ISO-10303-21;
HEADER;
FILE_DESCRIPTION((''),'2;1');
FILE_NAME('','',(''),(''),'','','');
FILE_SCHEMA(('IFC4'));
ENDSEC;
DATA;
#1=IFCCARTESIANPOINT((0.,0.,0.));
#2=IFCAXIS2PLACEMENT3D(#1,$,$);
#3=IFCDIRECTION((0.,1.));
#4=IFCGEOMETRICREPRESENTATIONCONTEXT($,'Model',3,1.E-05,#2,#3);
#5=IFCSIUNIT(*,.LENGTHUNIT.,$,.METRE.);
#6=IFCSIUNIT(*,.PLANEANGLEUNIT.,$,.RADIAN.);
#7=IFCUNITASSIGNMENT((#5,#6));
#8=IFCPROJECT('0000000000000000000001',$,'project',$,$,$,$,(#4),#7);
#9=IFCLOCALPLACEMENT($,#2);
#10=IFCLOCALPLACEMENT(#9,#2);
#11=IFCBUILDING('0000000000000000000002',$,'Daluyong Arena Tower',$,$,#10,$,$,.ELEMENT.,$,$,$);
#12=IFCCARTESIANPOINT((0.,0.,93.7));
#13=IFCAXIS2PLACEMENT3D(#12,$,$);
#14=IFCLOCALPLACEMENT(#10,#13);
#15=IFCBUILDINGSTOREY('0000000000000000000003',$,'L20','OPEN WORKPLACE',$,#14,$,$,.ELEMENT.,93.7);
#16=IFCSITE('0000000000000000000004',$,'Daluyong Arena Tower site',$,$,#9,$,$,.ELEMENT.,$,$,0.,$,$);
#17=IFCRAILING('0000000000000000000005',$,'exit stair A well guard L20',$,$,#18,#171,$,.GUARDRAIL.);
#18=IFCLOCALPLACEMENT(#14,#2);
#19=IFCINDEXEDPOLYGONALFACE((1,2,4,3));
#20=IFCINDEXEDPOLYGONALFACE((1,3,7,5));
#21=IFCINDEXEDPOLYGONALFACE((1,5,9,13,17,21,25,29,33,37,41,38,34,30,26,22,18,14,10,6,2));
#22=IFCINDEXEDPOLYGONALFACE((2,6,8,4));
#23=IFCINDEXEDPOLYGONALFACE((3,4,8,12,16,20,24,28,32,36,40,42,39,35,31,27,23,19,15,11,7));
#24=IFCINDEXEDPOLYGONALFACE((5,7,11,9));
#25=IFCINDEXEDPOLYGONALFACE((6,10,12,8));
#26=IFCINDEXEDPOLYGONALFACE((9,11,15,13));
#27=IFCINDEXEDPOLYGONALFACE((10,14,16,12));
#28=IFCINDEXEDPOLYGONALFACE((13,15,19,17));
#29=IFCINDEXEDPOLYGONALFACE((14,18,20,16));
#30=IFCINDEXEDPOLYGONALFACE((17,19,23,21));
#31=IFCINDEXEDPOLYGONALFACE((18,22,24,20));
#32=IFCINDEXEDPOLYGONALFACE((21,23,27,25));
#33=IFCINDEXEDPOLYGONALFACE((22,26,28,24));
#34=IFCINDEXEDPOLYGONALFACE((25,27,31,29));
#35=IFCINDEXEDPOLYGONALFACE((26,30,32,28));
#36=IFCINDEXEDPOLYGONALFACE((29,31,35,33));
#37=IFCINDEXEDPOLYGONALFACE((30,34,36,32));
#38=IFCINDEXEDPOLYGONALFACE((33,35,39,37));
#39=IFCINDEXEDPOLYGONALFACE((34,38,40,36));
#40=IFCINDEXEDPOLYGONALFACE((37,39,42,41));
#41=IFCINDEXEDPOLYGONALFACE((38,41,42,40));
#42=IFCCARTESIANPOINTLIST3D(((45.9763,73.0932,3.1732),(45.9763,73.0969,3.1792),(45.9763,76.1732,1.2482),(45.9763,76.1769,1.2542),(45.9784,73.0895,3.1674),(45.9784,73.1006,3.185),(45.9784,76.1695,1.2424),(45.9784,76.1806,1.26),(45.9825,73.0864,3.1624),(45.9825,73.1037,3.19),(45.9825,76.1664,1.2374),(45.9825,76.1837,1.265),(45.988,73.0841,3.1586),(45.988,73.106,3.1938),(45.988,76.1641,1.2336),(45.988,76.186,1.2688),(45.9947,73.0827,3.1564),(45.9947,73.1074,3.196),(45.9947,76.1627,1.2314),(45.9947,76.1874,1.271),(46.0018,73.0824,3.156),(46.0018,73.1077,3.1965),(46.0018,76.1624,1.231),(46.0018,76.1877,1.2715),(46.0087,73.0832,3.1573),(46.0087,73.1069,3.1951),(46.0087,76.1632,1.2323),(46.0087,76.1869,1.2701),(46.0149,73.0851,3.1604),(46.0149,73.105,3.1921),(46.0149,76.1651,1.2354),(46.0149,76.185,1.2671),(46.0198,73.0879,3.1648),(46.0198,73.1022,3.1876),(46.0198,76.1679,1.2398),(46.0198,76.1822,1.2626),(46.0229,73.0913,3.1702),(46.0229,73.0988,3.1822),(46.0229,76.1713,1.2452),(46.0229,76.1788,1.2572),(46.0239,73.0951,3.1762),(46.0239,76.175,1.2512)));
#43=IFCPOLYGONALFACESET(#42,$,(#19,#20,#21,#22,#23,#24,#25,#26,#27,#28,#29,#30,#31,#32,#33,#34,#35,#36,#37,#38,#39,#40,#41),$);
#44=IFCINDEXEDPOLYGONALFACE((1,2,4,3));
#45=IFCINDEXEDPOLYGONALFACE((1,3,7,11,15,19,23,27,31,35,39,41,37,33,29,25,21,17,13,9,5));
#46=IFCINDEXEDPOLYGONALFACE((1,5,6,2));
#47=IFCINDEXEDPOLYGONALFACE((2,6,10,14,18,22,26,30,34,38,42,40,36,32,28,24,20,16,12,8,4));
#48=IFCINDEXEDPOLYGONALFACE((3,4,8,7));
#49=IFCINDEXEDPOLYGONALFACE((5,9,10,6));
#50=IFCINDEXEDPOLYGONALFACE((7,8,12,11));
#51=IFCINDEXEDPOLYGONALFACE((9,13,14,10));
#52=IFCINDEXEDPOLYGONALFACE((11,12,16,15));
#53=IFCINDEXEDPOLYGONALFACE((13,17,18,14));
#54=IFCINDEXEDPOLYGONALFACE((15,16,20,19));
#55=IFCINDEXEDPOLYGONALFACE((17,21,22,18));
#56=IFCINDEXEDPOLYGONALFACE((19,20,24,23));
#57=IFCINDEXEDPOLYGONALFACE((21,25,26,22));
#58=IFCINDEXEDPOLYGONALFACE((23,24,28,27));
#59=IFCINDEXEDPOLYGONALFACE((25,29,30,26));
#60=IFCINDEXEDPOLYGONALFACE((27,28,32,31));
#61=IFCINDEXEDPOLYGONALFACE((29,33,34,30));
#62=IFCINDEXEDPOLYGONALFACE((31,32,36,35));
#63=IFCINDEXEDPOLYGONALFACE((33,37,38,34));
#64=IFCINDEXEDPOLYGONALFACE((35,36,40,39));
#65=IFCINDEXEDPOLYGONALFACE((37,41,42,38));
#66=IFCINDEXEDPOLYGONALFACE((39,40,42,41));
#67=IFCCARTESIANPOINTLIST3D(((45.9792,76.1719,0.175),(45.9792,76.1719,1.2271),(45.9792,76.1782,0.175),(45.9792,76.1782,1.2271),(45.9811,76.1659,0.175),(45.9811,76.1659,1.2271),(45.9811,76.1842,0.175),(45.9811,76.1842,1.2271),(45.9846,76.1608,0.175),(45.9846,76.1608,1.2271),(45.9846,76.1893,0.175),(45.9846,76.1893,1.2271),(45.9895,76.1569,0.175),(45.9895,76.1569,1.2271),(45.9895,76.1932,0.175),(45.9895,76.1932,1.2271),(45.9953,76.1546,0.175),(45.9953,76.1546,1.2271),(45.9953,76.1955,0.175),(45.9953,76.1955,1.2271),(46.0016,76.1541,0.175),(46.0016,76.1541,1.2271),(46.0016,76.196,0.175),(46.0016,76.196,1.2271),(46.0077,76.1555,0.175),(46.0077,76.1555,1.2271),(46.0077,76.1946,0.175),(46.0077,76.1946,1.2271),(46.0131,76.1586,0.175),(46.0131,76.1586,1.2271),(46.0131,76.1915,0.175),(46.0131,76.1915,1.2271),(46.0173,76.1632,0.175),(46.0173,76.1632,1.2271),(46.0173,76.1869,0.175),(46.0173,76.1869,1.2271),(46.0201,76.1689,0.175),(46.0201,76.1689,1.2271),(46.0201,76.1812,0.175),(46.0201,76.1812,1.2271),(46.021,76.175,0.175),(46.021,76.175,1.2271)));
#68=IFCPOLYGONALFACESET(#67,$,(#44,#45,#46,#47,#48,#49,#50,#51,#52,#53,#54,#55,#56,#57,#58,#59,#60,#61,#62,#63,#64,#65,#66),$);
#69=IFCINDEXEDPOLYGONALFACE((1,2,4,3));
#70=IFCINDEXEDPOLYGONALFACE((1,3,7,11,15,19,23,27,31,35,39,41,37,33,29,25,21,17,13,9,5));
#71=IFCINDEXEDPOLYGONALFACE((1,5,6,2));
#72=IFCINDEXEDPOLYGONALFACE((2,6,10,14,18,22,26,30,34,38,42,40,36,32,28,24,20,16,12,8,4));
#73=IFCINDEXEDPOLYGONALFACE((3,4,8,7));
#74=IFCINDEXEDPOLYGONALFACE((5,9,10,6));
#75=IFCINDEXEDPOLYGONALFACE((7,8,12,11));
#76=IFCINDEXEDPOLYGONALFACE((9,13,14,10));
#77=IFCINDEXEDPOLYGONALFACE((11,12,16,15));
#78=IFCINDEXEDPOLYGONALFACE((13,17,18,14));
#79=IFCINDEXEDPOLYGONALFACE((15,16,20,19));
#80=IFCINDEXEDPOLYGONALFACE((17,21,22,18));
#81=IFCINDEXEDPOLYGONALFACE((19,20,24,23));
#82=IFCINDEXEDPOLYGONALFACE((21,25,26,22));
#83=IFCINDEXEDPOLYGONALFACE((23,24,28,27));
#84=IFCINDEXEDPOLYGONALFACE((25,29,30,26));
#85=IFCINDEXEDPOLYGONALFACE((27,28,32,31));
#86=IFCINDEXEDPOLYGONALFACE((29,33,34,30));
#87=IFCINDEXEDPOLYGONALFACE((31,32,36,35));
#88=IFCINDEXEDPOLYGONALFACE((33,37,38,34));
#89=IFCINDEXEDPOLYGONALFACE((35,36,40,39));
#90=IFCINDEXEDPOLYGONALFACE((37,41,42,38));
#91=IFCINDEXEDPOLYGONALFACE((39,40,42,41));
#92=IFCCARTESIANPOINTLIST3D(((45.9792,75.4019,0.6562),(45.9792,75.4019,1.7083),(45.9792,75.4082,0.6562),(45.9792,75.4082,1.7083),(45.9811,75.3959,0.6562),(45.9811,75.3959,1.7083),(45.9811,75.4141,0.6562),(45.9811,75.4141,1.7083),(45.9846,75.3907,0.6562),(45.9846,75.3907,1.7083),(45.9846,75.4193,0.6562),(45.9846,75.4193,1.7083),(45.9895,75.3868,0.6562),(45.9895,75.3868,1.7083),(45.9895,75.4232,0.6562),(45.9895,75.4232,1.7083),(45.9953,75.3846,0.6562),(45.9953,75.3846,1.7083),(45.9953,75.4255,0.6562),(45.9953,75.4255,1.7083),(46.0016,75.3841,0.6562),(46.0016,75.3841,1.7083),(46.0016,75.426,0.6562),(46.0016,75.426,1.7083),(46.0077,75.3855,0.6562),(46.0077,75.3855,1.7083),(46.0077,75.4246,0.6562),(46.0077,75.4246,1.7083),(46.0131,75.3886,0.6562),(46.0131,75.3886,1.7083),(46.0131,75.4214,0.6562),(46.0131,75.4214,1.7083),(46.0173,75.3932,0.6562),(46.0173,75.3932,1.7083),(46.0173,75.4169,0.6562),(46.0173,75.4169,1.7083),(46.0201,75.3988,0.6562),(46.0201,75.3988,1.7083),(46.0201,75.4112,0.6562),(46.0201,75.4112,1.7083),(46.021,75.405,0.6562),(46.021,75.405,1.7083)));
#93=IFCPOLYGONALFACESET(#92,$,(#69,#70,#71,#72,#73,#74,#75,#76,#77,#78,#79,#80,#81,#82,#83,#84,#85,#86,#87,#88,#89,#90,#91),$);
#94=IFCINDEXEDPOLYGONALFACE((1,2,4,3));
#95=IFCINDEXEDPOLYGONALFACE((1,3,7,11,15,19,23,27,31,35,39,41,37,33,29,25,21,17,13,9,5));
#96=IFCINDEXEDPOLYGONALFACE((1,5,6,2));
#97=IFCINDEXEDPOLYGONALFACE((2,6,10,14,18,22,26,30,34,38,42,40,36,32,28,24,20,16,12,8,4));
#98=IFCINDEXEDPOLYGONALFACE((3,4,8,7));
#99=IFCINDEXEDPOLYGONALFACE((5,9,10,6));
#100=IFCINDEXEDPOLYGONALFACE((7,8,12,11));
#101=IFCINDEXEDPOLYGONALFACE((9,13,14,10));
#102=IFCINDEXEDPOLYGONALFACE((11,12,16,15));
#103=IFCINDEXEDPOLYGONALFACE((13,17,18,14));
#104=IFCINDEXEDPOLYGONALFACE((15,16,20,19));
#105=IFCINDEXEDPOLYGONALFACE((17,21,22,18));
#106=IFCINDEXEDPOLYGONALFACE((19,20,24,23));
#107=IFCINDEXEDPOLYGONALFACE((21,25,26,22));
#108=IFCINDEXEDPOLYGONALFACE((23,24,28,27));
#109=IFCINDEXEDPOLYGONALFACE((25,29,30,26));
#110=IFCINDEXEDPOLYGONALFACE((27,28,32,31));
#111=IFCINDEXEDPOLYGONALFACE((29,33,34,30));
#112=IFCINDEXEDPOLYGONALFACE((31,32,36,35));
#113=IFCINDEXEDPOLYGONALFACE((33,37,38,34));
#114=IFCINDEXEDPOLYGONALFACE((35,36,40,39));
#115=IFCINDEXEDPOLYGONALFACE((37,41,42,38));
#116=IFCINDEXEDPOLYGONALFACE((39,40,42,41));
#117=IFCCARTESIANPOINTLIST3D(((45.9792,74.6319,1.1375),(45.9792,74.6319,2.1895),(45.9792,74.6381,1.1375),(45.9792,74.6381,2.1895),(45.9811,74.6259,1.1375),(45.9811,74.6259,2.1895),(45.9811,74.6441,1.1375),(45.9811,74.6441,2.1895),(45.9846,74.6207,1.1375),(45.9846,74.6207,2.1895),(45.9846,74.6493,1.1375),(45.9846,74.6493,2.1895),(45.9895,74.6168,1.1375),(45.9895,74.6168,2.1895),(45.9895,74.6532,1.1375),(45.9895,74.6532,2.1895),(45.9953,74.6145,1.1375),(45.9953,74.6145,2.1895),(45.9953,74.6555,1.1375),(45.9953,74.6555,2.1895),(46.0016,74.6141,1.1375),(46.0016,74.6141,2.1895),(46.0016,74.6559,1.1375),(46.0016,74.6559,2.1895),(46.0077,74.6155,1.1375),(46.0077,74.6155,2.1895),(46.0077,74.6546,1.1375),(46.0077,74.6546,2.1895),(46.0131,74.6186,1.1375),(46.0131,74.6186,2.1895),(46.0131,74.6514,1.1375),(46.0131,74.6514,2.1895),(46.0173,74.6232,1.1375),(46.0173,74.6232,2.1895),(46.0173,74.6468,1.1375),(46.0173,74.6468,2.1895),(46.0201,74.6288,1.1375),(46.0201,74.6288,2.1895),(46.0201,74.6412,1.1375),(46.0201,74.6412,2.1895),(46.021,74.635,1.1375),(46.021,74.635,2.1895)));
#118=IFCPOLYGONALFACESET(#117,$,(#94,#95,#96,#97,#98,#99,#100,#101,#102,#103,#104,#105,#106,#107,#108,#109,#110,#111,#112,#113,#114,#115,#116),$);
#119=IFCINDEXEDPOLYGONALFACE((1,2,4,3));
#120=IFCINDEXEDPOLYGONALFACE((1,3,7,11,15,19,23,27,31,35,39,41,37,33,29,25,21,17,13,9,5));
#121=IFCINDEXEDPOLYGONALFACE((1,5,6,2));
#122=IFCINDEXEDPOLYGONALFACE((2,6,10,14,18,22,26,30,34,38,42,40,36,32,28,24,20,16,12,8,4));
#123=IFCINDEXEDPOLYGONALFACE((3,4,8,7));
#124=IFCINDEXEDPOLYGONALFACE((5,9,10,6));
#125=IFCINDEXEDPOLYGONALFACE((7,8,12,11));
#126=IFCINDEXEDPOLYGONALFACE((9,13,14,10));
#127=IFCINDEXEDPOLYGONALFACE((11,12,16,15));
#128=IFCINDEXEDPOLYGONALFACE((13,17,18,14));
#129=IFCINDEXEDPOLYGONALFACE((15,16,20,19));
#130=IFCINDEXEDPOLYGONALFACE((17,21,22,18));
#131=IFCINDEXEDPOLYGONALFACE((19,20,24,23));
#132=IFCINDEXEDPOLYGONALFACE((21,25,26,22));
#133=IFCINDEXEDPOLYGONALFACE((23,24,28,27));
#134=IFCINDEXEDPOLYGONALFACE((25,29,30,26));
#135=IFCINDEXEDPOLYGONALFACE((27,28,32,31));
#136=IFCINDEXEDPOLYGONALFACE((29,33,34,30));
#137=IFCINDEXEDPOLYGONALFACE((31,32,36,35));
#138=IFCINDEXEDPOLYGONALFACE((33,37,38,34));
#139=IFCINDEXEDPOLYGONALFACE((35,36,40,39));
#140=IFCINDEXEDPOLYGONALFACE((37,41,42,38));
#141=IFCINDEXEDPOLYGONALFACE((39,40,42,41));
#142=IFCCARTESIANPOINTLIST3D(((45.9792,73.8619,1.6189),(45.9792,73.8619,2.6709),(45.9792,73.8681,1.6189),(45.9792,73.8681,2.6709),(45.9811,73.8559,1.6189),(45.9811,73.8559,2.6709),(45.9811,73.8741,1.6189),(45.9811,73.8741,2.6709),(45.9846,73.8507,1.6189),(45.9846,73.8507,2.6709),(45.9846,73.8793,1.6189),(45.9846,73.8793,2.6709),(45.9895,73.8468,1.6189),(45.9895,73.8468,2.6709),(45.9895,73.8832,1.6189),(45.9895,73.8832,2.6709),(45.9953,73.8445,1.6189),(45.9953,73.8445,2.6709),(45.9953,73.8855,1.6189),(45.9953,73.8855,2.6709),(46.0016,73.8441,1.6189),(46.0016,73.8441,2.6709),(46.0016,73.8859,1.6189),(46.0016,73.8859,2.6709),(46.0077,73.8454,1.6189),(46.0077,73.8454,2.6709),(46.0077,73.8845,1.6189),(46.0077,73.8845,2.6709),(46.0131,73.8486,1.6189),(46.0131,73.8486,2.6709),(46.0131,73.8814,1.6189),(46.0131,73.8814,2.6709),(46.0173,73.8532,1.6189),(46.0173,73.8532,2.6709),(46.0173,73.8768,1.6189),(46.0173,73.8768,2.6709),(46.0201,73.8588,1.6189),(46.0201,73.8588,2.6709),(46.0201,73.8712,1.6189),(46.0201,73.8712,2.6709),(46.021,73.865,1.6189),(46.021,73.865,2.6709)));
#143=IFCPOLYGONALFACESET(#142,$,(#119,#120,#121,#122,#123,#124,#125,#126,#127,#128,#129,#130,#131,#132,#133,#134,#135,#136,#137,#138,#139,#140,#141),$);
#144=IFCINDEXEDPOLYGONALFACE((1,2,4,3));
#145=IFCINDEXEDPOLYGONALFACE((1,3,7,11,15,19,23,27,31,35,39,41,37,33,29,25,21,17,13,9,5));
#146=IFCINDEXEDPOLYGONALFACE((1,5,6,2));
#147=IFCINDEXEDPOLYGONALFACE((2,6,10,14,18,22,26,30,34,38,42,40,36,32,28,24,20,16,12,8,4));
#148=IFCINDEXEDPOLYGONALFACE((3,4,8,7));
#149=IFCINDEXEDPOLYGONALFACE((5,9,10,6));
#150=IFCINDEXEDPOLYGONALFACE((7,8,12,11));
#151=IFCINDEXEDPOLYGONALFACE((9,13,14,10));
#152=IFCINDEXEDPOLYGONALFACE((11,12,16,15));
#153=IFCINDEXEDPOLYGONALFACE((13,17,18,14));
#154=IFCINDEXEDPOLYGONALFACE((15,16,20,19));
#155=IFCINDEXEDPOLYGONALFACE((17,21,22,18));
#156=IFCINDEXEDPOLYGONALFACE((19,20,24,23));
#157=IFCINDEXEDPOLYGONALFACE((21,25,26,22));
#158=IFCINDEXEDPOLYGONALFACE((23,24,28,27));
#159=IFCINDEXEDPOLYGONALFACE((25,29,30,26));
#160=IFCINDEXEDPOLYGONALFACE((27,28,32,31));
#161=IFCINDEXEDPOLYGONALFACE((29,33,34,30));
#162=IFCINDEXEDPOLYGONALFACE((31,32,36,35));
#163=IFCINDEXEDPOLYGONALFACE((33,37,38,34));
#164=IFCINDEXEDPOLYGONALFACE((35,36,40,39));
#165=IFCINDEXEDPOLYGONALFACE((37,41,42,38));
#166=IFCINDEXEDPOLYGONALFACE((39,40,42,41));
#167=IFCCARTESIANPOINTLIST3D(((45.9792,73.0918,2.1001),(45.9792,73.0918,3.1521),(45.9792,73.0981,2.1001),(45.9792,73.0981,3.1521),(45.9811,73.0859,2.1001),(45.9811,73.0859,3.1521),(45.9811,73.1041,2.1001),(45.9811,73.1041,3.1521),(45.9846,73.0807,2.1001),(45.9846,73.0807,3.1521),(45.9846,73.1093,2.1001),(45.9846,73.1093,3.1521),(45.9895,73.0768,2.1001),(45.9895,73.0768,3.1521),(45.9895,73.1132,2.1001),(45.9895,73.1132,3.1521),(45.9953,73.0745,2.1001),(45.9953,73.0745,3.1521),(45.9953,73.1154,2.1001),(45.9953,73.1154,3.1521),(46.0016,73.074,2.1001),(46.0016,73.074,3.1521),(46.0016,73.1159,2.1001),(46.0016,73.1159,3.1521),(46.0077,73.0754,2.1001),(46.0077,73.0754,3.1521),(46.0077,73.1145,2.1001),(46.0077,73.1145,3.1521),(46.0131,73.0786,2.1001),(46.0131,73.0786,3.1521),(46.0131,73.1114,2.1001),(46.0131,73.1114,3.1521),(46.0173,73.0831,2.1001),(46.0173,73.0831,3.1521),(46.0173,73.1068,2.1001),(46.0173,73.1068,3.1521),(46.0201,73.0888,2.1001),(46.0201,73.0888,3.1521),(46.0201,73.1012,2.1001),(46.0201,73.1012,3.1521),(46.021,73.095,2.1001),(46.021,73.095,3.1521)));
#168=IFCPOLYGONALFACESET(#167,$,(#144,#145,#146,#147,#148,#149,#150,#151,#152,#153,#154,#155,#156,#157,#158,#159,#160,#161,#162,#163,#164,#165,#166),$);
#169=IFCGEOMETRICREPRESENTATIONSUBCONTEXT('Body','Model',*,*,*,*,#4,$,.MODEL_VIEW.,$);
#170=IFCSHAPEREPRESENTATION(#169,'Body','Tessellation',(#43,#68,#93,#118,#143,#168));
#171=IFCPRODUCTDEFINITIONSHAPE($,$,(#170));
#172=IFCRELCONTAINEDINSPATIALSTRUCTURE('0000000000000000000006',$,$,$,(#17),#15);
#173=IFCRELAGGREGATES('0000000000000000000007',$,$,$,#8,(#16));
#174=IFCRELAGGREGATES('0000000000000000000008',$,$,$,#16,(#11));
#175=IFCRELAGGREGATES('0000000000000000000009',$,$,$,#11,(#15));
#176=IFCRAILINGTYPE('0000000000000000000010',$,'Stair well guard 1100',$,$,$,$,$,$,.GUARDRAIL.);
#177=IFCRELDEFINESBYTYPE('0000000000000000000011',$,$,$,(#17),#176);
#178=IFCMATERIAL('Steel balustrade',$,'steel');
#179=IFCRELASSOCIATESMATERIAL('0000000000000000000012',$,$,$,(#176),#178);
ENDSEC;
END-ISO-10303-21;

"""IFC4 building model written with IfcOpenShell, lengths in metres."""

from ifc_helpers import new_model, si_unit, direction, frame, origin, origin_2d, place, context, subcontext, project, spatial, circle, extrude, material, type_object, element, save


model = new_model("IFC4")

# Units and contexts
model_context = context("Model", 3, precision=1e-05, world=origin(), true_north=direction((0.0, 1.0)))
body_context = subcontext(model_context, "Body", "Model", "MODEL_VIEW")
ifc_project = project(units=[si_unit("LENGTHUNIT", "METRE"), si_unit("PLANEANGLEUNIT", "RADIAN")], contexts=[model_context])

# Site, building, storey
site_placement = place(None, origin())
site = spatial("IfcSite", under=ifc_project, at=site_placement, Name="Daluyong Arena Tower site", CompositionType="ELEMENT", RefElevation=0.0)
building_placement = place(site_placement, origin())
building = spatial("IfcBuilding", under=site, at=building_placement, Name="Daluyong Arena Tower", CompositionType="ELEMENT")
storey_placement = place(building_placement, frame((0.0, 0.0, 93.7)))
storey = spatial("IfcBuildingStorey", under=building, at=storey_placement, Name="L20", Description="OPEN WORKPLACE", CompositionType="ELEMENT", Elevation=93.7)

# Railing
ifc_material_1 = material(Name="Steel balustrade", Category="steel")
railing_type_1 = type_object("IfcRailingType", Name="Stair well guard 1100", PredefinedType="GUARDRAIL", material=ifc_material_1)
railing_1_placement = place(storey_placement, frame((46.0, 76.175, 0.175)))
element("IfcRailing", 1, at=railing_1_placement, inside=storey, type_object=railing_type_1, Name="exit stair A well guard L20", PredefinedType="GUARDRAIL", context=body_context, shape_type="SweptSolid", body=[
    extrude(circle(Radius=0.0239, at=origin_2d()), frame((0.0, 0.0, 1.0762), z_axis=(0.0, -0.847998, 0.529999), x_axis=(1.0, 0.0, 0.0)), (0.0, 0.0, 1.0), 3.6321),
    extrude(circle(Radius=0.021, at=origin_2d()), origin(), (0.0, 0.0, 1.0), 1.052),
    extrude(circle(Radius=0.021, at=origin_2d()), frame((0.0, -0.77, 0.4812)), (0.0, 0.0, 1.0), 1.052),
    extrude(circle(Radius=0.021, at=origin_2d()), frame((0.0, -1.54, 0.9624)), (0.0, 0.0, 1.0), 1.052),
    extrude(circle(Radius=0.021, at=origin_2d()), frame((0.0, -2.3101, 1.4438)), (0.0, 0.0, 1.0), 1.052),
    extrude(circle(Radius=0.021, at=origin_2d()), frame((0.0, -3.0801, 1.925)), (0.0, 0.0, 1.0), 1.052),
])

save(model, "model.ifc")
